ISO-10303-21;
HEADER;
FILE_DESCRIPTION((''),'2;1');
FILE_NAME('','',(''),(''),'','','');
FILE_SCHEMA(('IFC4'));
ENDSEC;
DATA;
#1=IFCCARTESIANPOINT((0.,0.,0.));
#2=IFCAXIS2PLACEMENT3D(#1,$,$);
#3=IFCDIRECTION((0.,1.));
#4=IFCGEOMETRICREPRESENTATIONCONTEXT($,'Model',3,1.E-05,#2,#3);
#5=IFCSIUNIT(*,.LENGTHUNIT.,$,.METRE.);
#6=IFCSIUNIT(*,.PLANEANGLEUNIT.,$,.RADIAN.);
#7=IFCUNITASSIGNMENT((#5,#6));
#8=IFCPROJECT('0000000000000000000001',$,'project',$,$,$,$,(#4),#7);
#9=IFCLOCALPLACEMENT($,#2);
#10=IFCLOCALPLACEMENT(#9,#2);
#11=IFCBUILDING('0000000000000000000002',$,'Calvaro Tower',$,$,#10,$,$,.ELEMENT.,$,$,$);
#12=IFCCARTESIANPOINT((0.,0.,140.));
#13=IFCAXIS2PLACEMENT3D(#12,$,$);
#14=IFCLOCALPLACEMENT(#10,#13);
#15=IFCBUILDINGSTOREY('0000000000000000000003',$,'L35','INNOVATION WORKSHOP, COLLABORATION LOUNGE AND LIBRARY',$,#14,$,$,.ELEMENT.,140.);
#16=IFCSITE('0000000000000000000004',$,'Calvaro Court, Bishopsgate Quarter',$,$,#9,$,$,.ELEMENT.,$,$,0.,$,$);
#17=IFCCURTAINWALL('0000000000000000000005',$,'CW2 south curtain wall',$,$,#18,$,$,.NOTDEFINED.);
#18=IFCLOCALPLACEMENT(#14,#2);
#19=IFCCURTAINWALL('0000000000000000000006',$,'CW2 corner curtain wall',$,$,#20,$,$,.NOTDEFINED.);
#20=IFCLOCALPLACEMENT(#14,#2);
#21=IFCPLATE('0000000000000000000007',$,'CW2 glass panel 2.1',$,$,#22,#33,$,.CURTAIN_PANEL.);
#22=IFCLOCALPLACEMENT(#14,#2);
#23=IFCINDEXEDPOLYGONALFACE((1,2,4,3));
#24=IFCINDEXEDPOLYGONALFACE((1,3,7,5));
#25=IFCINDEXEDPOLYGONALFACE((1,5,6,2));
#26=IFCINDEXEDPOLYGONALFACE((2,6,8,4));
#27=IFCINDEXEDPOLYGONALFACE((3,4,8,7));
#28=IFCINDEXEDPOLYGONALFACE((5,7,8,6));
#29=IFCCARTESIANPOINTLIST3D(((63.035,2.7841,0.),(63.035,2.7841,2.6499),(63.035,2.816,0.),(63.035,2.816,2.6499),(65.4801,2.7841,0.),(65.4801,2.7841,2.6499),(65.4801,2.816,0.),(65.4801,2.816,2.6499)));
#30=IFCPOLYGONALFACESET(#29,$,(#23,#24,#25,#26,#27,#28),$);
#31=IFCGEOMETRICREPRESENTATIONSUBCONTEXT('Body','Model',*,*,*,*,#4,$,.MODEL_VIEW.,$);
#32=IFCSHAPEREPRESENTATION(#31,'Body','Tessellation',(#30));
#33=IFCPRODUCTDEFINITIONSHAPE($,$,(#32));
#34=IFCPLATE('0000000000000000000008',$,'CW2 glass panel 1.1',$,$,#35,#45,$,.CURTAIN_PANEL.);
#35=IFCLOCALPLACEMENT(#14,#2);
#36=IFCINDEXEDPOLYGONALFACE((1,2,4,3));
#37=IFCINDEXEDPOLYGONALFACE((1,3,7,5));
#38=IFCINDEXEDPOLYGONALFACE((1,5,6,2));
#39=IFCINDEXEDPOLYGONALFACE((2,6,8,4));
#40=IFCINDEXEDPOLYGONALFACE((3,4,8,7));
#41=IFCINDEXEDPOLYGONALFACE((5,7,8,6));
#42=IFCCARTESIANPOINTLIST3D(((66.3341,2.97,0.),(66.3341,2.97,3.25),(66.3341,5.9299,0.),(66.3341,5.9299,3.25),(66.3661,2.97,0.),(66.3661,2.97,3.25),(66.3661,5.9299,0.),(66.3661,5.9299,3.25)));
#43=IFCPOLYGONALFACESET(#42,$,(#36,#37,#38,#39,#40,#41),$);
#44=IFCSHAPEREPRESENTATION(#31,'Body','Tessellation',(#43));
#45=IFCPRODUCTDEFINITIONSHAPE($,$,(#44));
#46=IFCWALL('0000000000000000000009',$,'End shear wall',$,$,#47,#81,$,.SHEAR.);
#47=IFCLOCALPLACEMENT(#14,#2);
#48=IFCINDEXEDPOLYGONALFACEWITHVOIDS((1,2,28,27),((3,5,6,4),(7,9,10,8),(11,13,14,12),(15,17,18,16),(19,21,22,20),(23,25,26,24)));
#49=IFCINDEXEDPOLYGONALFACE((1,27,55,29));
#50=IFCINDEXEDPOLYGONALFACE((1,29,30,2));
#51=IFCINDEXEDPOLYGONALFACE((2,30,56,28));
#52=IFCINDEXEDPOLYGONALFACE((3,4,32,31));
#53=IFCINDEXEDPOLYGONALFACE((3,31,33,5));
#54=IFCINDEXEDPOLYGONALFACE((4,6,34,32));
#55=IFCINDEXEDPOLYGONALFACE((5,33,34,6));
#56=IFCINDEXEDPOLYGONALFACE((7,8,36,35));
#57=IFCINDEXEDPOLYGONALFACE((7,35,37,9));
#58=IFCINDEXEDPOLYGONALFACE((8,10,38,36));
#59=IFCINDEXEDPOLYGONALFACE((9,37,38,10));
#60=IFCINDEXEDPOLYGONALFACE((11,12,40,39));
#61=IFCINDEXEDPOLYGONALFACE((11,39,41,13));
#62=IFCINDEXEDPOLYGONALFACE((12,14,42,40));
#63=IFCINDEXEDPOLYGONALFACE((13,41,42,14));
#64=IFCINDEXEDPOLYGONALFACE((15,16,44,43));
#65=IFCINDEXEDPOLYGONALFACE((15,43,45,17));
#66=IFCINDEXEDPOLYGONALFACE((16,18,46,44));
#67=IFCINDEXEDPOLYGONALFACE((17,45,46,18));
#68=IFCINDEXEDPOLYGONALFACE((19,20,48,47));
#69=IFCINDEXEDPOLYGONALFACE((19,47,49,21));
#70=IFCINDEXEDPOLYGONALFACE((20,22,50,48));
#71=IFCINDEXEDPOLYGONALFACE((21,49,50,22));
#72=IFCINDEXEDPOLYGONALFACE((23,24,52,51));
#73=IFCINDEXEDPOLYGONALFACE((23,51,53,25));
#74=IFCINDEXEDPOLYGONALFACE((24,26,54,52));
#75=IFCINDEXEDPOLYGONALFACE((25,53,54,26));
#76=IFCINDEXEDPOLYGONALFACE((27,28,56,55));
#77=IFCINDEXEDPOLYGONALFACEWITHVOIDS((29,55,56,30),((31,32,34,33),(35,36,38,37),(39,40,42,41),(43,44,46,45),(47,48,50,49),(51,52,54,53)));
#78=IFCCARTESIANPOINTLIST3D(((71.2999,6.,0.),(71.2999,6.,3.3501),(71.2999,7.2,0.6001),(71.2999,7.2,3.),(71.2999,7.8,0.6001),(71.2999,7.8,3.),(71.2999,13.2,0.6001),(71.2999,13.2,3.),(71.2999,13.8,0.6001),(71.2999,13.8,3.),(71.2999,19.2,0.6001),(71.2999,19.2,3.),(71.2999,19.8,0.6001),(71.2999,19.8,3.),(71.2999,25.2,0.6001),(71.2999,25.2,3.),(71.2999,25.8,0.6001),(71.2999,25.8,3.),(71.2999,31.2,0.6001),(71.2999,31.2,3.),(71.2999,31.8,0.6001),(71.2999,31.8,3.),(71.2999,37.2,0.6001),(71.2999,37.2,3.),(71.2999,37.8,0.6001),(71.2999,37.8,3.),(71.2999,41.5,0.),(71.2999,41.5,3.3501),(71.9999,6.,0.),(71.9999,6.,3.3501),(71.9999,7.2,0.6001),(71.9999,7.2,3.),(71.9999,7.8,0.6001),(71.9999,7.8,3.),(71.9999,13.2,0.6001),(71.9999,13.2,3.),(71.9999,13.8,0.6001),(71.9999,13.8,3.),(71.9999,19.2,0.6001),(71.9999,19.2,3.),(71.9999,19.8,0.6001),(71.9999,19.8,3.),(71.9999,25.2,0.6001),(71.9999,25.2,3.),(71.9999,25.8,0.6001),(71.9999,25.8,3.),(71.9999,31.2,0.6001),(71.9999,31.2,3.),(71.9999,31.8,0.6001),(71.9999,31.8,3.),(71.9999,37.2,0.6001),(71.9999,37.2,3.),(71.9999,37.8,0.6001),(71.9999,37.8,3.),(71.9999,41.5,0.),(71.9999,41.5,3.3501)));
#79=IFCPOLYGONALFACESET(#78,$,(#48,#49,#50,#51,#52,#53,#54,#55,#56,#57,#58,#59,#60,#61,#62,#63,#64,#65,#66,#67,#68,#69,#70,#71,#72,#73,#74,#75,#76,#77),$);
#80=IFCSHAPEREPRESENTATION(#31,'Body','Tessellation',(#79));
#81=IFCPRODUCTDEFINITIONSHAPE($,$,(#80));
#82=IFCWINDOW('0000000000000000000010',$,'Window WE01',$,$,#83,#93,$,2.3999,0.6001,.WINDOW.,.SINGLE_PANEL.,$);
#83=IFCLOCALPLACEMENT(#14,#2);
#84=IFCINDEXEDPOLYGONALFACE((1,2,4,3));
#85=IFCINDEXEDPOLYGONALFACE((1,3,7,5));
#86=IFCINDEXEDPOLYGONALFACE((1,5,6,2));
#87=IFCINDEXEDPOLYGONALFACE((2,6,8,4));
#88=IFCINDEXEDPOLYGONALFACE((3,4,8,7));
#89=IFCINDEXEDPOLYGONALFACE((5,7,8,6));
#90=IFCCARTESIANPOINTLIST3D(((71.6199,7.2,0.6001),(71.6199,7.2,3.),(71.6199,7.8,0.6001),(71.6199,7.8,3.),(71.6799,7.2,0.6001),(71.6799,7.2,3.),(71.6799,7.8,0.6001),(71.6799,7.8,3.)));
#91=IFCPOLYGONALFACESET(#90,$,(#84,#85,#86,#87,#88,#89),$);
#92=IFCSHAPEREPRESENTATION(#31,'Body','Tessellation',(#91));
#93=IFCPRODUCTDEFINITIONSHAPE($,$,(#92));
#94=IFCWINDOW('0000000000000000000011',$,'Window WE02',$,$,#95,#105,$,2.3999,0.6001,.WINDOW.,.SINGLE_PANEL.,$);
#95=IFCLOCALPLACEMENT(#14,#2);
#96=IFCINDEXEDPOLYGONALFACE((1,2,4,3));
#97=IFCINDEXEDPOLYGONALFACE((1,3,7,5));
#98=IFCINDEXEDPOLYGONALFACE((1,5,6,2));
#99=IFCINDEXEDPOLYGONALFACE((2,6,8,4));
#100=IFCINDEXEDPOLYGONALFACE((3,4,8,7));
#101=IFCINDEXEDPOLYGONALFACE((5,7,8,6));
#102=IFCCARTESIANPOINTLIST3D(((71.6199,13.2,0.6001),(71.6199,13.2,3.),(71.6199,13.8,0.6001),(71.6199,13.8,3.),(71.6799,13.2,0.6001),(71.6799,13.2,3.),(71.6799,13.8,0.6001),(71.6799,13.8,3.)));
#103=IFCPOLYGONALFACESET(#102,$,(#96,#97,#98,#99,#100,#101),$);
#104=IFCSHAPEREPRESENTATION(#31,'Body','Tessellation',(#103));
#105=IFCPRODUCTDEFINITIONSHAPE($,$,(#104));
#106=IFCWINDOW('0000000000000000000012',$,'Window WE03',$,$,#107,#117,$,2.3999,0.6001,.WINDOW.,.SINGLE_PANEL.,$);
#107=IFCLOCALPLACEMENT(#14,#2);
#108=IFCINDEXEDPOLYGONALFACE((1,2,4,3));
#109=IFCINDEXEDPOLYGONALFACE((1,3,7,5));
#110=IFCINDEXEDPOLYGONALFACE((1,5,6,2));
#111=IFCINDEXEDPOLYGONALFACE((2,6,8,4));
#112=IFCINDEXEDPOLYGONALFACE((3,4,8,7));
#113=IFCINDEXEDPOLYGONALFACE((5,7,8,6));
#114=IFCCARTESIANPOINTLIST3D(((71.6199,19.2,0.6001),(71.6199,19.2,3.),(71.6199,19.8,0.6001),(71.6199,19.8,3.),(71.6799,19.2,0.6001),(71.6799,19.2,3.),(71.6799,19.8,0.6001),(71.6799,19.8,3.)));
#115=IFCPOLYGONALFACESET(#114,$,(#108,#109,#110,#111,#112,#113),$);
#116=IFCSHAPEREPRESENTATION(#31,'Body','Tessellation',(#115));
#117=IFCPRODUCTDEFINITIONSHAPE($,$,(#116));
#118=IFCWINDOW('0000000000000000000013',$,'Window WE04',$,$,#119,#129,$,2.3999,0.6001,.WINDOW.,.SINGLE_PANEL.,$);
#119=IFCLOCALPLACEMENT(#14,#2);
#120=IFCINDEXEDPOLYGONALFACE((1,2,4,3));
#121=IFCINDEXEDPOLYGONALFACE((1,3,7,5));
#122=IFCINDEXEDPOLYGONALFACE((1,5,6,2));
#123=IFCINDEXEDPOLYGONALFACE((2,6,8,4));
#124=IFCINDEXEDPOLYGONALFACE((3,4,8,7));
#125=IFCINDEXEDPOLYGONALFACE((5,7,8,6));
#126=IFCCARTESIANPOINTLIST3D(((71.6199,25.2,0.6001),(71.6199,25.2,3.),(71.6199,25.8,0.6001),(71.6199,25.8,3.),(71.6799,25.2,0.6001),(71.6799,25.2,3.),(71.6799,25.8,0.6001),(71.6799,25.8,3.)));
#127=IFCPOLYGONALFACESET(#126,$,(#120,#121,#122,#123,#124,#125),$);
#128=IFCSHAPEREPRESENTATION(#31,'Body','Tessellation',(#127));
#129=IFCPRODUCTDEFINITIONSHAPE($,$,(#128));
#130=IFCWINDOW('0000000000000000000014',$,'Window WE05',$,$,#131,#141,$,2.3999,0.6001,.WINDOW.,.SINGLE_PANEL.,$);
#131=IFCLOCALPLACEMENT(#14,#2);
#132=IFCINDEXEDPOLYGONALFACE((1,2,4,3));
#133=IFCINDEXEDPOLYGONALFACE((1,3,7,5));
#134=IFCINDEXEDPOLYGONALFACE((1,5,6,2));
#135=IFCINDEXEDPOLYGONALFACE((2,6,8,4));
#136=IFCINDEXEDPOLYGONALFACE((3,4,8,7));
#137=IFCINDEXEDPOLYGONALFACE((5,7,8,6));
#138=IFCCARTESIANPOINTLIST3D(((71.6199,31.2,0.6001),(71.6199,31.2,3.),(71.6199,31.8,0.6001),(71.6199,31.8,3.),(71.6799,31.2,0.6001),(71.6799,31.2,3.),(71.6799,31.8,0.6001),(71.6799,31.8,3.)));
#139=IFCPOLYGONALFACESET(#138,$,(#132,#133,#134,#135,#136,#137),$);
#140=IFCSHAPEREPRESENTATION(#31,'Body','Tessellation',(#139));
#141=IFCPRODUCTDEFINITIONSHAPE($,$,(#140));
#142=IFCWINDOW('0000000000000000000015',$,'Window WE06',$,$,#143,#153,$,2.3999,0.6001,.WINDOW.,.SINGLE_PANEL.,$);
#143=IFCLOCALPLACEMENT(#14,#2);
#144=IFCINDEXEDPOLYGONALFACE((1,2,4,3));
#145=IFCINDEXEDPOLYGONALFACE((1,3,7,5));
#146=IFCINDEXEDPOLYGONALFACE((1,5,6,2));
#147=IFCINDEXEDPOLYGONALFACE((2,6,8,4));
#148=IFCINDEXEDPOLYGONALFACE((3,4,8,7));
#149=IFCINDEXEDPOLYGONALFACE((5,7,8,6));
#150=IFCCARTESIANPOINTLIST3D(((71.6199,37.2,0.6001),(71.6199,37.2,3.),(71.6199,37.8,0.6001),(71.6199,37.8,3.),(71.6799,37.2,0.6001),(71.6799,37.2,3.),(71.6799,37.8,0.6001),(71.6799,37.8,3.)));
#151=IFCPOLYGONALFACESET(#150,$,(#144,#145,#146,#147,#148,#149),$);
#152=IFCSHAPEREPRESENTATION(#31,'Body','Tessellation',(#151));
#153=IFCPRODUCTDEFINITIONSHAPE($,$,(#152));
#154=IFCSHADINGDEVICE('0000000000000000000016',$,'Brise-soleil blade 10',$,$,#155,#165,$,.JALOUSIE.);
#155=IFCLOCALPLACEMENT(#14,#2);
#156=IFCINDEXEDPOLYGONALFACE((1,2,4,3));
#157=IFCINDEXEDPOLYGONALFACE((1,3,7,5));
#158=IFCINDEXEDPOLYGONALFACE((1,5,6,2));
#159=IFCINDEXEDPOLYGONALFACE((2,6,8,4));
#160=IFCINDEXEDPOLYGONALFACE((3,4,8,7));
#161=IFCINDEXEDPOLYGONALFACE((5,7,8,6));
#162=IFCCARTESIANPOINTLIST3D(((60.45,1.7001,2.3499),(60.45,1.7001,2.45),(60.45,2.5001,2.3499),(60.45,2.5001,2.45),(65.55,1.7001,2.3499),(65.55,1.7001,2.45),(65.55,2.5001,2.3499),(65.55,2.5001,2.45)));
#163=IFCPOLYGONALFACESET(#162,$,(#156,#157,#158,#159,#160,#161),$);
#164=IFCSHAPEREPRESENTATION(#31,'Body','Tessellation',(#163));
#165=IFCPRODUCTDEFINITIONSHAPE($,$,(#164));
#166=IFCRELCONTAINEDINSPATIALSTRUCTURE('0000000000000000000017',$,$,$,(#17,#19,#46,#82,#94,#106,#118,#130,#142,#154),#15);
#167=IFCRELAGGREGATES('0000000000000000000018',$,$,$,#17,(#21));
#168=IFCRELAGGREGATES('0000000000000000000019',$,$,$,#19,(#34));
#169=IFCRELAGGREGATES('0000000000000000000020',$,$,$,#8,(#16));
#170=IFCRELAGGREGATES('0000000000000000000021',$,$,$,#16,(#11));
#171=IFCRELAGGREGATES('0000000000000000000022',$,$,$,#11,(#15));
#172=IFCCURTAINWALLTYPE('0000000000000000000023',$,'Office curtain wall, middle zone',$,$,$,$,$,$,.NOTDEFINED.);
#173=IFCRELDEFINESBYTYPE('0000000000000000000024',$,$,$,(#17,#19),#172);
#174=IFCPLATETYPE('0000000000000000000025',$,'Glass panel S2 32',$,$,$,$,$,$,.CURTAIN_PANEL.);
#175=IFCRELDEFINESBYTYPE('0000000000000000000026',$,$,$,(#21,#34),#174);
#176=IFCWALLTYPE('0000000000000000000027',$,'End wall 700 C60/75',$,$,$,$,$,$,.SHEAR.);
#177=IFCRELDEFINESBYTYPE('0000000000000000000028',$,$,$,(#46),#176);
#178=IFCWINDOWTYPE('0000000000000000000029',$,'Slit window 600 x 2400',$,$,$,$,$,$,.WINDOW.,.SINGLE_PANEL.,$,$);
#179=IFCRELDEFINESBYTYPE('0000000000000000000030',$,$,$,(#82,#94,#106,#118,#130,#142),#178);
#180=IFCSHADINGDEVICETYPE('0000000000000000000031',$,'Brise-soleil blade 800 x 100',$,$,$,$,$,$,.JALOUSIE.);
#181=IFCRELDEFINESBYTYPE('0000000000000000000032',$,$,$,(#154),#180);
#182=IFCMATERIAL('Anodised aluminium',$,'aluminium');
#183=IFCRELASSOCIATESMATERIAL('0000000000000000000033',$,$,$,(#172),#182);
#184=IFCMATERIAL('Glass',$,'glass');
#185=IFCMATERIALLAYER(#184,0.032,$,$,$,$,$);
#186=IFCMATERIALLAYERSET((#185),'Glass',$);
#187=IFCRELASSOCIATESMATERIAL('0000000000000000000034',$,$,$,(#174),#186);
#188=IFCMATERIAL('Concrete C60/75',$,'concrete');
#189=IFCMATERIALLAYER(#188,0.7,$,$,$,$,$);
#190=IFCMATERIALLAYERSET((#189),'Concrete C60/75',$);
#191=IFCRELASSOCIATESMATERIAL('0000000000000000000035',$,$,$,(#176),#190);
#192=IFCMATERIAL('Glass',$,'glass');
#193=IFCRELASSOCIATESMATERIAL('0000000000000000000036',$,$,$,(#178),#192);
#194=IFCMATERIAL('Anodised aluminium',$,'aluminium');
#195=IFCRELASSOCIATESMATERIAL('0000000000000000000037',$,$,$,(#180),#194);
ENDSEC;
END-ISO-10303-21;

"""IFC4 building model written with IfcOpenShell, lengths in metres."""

from ifc_helpers import new_model, si_unit, direction, frame, frame_2d, origin, origin_2d, place, context, subcontext, project, spatial, rectangle, extrude, material, layer, layer_set, material_profile, profile_set, type_object, element, fill, aggregate, save


model = new_model("IFC4")

# Units and contexts
model_context = context("Model", 3, precision=1e-05, world=origin(), true_north=direction((0.0, 1.0)))
body_context = subcontext(model_context, "Body", "Model", "MODEL_VIEW")
ifc_project = project(units=[si_unit("LENGTHUNIT", "METRE"), si_unit("PLANEANGLEUNIT", "RADIAN")], contexts=[model_context])

# Site, building, storey
site_placement = place(None, origin())
site = spatial("IfcSite", under=ifc_project, at=site_placement, Name="Calvaro Court, Bishopsgate Quarter", CompositionType="ELEMENT", RefElevation=0.0)
building_placement = place(site_placement, origin())
building = spatial("IfcBuilding", under=site, at=building_placement, Name="Calvaro Tower", CompositionType="ELEMENT")
storey_placement = place(building_placement, frame((0.0, 0.0, 140.0)))
storey = spatial("IfcBuildingStorey", under=building, at=storey_placement, Name="L35", Description="INNOVATION WORKSHOP, COLLABORATION LOUNGE AND LIBRARY", CompositionType="ELEMENT", Elevation=140.0)

# Curtain walls
ifc_material_1 = material(Name="Anodised aluminium", Category="aluminium")
curtain_wall_type = type_object("IfcCurtainWallType", Name="Office curtain wall, middle zone", PredefinedType="NOTDEFINED", material=ifc_material_1)
curtain_wall_1_placement = place(storey_placement, origin())
curtain_wall_1 = element("IfcCurtainWall", 1, at=curtain_wall_1_placement, inside=storey, type_object=curtain_wall_type, Name="CW2 south curtain wall", PredefinedType="NOTDEFINED")
curtain_wall_2_placement = place(storey_placement, origin())
curtain_wall_2 = element("IfcCurtainWall", 2, at=curtain_wall_2_placement, inside=storey, type_object=curtain_wall_type, Name="CW2 corner curtain wall", PredefinedType="NOTDEFINED")

# Plates
ifc_material_2 = material(Name="Glass", Category="glass")
ifc_layer_1 = layer(ifc_material_2, 0.032)
ifc_layer_set_1 = layer_set([ifc_layer_1], Name="Glass")
plate_type = type_object("IfcPlateType", Name="Glass panel S2 32", PredefinedType="CURTAIN_PANEL", material=ifc_layer_set_1)
plate_1_placement = place(storey_placement, frame((64.2576, 2.8, 0.0), z_axis=(0.0, 0.0, 1.0), x_axis=(1.0, 0.0, 0.0)))
plate_1 = element("IfcPlate", 3, at=plate_1_placement, type_object=plate_type, Name="CW2 glass panel 2.1", PredefinedType="CURTAIN_PANEL", context=body_context, shape_type="SweptSolid", body=[
    extrude(rectangle(XDim=2.4451, YDim=0.032, at=origin_2d()), origin(), (0.0, 0.0, 1.0), 2.6499),
])
aggregate(curtain_wall_1, [plate_1])
plate_2_placement = place(storey_placement, frame((66.3501, 4.45, 0.0), z_axis=(0.0, 0.0, 1.0), x_axis=(0.0, 1.0, 0.0)))
plate_2 = element("IfcPlate", 4, at=plate_2_placement, type_object=plate_type, Name="CW2 glass panel 1.1", PredefinedType="CURTAIN_PANEL", context=body_context, shape_type="SweptSolid", body=[
    extrude(rectangle(XDim=2.96, YDim=0.032, at=origin_2d()), origin(), (0.0, 0.0, 1.0), 3.25),
])
aggregate(curtain_wall_2, [plate_2])

# Wall, openings, windows
ifc_material_3 = material(Name="Concrete C60/75", Category="concrete")
ifc_layer_2 = layer(ifc_material_3, 0.7)
ifc_layer_set_2 = layer_set([ifc_layer_2], Name="Concrete C60/75")
wall_type = type_object("IfcWallType", Name="End wall 700 C60/75", PredefinedType="SHEAR", material=ifc_layer_set_2)
wall_placement = place(storey_placement, frame((71.6499, 6.0, 0.0), z_axis=(0.0, 0.0, 1.0), x_axis=(0.0, 1.0, 0.0)))
wall = element("IfcWall", 5, at=wall_placement, inside=storey, type_object=wall_type, Name="End shear wall", PredefinedType="SHEAR", context=body_context, shape_type="SweptSolid", body=[
    extrude(rectangle(XDim=35.5, YDim=0.7, at=frame_2d((17.75, 0.0))), origin(), (0.0, 0.0, 1.0), 3.3501),
])
opening_1_placement = place(wall_placement, frame((1.2, 0.0, 0.6001)))
opening_1 = element("IfcOpeningElement", 6, at=opening_1_placement, cuts=wall, PredefinedType="OPENING", context=body_context, shape_type="SweptSolid", body=[
    extrude(rectangle(XDim=0.6001, YDim=2.3999, at=frame_2d((0.3, 1.2))), frame((0.0, 0.3599, 0.0), z_axis=(0.0, -1.0, 0.0), x_axis=(1.0, 0.0, 0.0)), (0.0, 0.0, 1.0), 0.72),
])
opening_2_placement = place(wall_placement, frame((7.2, 0.0, 0.6001)))
opening_2 = element("IfcOpeningElement", 7, at=opening_2_placement, cuts=wall, PredefinedType="OPENING", context=body_context, shape_type="SweptSolid", body=[
    extrude(rectangle(XDim=0.6001, YDim=2.3999, at=frame_2d((0.3, 1.2))), frame((0.0, 0.3599, 0.0), z_axis=(0.0, -1.0, 0.0), x_axis=(1.0, 0.0, 0.0)), (0.0, 0.0, 1.0), 0.72),
])
opening_3_placement = place(wall_placement, frame((13.2, 0.0, 0.6001)))
opening_3 = element("IfcOpeningElement", 8, at=opening_3_placement, cuts=wall, PredefinedType="OPENING", context=body_context, shape_type="SweptSolid", body=[
    extrude(rectangle(XDim=0.6001, YDim=2.3999, at=frame_2d((0.3, 1.2))), frame((0.0, 0.3599, 0.0), z_axis=(0.0, -1.0, 0.0), x_axis=(1.0, 0.0, 0.0)), (0.0, 0.0, 1.0), 0.72),
])
opening_4_placement = place(wall_placement, frame((19.2, 0.0, 0.6001)))
opening_4 = element("IfcOpeningElement", 9, at=opening_4_placement, cuts=wall, PredefinedType="OPENING", context=body_context, shape_type="SweptSolid", body=[
    extrude(rectangle(XDim=0.6001, YDim=2.3999, at=frame_2d((0.3, 1.2))), frame((0.0, 0.3599, 0.0), z_axis=(0.0, -1.0, 0.0), x_axis=(1.0, 0.0, 0.0)), (0.0, 0.0, 1.0), 0.72),
])
opening_5_placement = place(wall_placement, frame((25.2, 0.0, 0.6001)))
opening_5 = element("IfcOpeningElement", 10, at=opening_5_placement, cuts=wall, PredefinedType="OPENING", context=body_context, shape_type="SweptSolid", body=[
    extrude(rectangle(XDim=0.6001, YDim=2.3999, at=frame_2d((0.3, 1.2))), frame((0.0, 0.3599, 0.0), z_axis=(0.0, -1.0, 0.0), x_axis=(1.0, 0.0, 0.0)), (0.0, 0.0, 1.0), 0.72),
])
opening_6_placement = place(wall_placement, frame((31.2, 0.0, 0.6001)))
opening_6 = element("IfcOpeningElement", 11, at=opening_6_placement, cuts=wall, PredefinedType="OPENING", context=body_context, shape_type="SweptSolid", body=[
    extrude(rectangle(XDim=0.6001, YDim=2.3999, at=frame_2d((0.3, 1.2))), frame((0.0, 0.3599, 0.0), z_axis=(0.0, -1.0, 0.0), x_axis=(1.0, 0.0, 0.0)), (0.0, 0.0, 1.0), 0.72),
])
ifc_material_4 = material(Name="Glass", Category="glass")
window_type = type_object("IfcWindowType", Name="Slit window 600 x 2400", PartitioningType="SINGLE_PANEL", PredefinedType="WINDOW", material=ifc_material_4)
window_1_placement = place(opening_1_placement, origin())
window_1 = element("IfcWindow", 12, at=window_1_placement, inside=storey, type_object=window_type, Name="Window WE01", OverallHeight=2.3999, OverallWidth=0.6001, PartitioningType="SINGLE_PANEL", PredefinedType="WINDOW", context=body_context, shape_type="SweptSolid", body=[
    extrude(rectangle(XDim=0.6001, YDim=2.3999, at=frame_2d((0.3, 1.2))), frame((0.0, 0.03, 0.0), z_axis=(0.0, -1.0, 0.0), x_axis=(1.0, 0.0, 0.0)), (0.0, 0.0, 1.0), 0.0601),
])
fill(opening_1, window_1)
window_2_placement = place(opening_2_placement, origin())
window_2 = element("IfcWindow", 13, at=window_2_placement, inside=storey, type_object=window_type, Name="Window WE02", OverallHeight=2.3999, OverallWidth=0.6001, PartitioningType="SINGLE_PANEL", PredefinedType="WINDOW", context=body_context, shape_type="SweptSolid", body=[
    extrude(rectangle(XDim=0.6001, YDim=2.3999, at=frame_2d((0.3, 1.2))), frame((0.0, 0.03, 0.0), z_axis=(0.0, -1.0, 0.0), x_axis=(1.0, 0.0, 0.0)), (0.0, 0.0, 1.0), 0.0601),
])
fill(opening_2, window_2)
window_3_placement = place(opening_3_placement, origin())
window_3 = element("IfcWindow", 14, at=window_3_placement, inside=storey, type_object=window_type, Name="Window WE03", OverallHeight=2.3999, OverallWidth=0.6001, PartitioningType="SINGLE_PANEL", PredefinedType="WINDOW", context=body_context, shape_type="SweptSolid", body=[
    extrude(rectangle(XDim=0.6001, YDim=2.3999, at=frame_2d((0.3, 1.2))), frame((0.0, 0.03, 0.0), z_axis=(0.0, -1.0, 0.0), x_axis=(1.0, 0.0, 0.0)), (0.0, 0.0, 1.0), 0.0601),
])
fill(opening_3, window_3)
window_4_placement = place(opening_4_placement, origin())
window_4 = element("IfcWindow", 15, at=window_4_placement, inside=storey, type_object=window_type, Name="Window WE04", OverallHeight=2.3999, OverallWidth=0.6001, PartitioningType="SINGLE_PANEL", PredefinedType="WINDOW", context=body_context, shape_type="SweptSolid", body=[
    extrude(rectangle(XDim=0.6001, YDim=2.3999, at=frame_2d((0.3, 1.2))), frame((0.0, 0.03, 0.0), z_axis=(0.0, -1.0, 0.0), x_axis=(1.0, 0.0, 0.0)), (0.0, 0.0, 1.0), 0.0601),
])
fill(opening_4, window_4)
window_5_placement = place(opening_5_placement, origin())
window_5 = element("IfcWindow", 16, at=window_5_placement, inside=storey, type_object=window_type, Name="Window WE05", OverallHeight=2.3999, OverallWidth=0.6001, PartitioningType="SINGLE_PANEL", PredefinedType="WINDOW", context=body_context, shape_type="SweptSolid", body=[
    extrude(rectangle(XDim=0.6001, YDim=2.3999, at=frame_2d((0.3, 1.2))), frame((0.0, 0.03, 0.0), z_axis=(0.0, -1.0, 0.0), x_axis=(1.0, 0.0, 0.0)), (0.0, 0.0, 1.0), 0.0601),
])
fill(opening_5, window_5)
window_6_placement = place(opening_6_placement, origin())
window_6 = element("IfcWindow", 17, at=window_6_placement, inside=storey, type_object=window_type, Name="Window WE06", OverallHeight=2.3999, OverallWidth=0.6001, PartitioningType="SINGLE_PANEL", PredefinedType="WINDOW", context=body_context, shape_type="SweptSolid", body=[
    extrude(rectangle(XDim=0.6001, YDim=2.3999, at=frame_2d((0.3, 1.2))), frame((0.0, 0.03, 0.0), z_axis=(0.0, -1.0, 0.0), x_axis=(1.0, 0.0, 0.0)), (0.0, 0.0, 1.0), 0.0601),
])
fill(opening_6, window_6)

# Shading device
ifc_material_5 = material(Name="Anodised aluminium", Category="aluminium")
ifc_material_profile_1 = material_profile(ifc_material_5, rectangle(XDim=0.8, YDim=0.1001, at=origin_2d()), Name="Brise-soleil blade 800 x 100")
ifc_profile_set_1 = profile_set([ifc_material_profile_1], Name="Anodised aluminium")
shading_device_type = type_object("IfcShadingDeviceType", Name="Brise-soleil blade 800 x 100", PredefinedType="JALOUSIE", material=ifc_profile_set_1)
shading_device_placement = place(storey_placement, frame((60.45, 2.1001, 2.3999), z_axis=(1.0, 0.0, 0.0), x_axis=(0.0, 1.0, 0.0)))
element("IfcShadingDevice", 18, at=shading_device_placement, inside=storey, type_object=shading_device_type, Name="Brise-soleil blade 10", PredefinedType="JALOUSIE", context=body_context, shape_type="SweptSolid", body=[
    extrude(rectangle(XDim=0.8, YDim=0.1001, at=origin_2d()), origin(), (0.0, 0.0, 1.0), 5.1001),
])

save(model, "model.ifc")
